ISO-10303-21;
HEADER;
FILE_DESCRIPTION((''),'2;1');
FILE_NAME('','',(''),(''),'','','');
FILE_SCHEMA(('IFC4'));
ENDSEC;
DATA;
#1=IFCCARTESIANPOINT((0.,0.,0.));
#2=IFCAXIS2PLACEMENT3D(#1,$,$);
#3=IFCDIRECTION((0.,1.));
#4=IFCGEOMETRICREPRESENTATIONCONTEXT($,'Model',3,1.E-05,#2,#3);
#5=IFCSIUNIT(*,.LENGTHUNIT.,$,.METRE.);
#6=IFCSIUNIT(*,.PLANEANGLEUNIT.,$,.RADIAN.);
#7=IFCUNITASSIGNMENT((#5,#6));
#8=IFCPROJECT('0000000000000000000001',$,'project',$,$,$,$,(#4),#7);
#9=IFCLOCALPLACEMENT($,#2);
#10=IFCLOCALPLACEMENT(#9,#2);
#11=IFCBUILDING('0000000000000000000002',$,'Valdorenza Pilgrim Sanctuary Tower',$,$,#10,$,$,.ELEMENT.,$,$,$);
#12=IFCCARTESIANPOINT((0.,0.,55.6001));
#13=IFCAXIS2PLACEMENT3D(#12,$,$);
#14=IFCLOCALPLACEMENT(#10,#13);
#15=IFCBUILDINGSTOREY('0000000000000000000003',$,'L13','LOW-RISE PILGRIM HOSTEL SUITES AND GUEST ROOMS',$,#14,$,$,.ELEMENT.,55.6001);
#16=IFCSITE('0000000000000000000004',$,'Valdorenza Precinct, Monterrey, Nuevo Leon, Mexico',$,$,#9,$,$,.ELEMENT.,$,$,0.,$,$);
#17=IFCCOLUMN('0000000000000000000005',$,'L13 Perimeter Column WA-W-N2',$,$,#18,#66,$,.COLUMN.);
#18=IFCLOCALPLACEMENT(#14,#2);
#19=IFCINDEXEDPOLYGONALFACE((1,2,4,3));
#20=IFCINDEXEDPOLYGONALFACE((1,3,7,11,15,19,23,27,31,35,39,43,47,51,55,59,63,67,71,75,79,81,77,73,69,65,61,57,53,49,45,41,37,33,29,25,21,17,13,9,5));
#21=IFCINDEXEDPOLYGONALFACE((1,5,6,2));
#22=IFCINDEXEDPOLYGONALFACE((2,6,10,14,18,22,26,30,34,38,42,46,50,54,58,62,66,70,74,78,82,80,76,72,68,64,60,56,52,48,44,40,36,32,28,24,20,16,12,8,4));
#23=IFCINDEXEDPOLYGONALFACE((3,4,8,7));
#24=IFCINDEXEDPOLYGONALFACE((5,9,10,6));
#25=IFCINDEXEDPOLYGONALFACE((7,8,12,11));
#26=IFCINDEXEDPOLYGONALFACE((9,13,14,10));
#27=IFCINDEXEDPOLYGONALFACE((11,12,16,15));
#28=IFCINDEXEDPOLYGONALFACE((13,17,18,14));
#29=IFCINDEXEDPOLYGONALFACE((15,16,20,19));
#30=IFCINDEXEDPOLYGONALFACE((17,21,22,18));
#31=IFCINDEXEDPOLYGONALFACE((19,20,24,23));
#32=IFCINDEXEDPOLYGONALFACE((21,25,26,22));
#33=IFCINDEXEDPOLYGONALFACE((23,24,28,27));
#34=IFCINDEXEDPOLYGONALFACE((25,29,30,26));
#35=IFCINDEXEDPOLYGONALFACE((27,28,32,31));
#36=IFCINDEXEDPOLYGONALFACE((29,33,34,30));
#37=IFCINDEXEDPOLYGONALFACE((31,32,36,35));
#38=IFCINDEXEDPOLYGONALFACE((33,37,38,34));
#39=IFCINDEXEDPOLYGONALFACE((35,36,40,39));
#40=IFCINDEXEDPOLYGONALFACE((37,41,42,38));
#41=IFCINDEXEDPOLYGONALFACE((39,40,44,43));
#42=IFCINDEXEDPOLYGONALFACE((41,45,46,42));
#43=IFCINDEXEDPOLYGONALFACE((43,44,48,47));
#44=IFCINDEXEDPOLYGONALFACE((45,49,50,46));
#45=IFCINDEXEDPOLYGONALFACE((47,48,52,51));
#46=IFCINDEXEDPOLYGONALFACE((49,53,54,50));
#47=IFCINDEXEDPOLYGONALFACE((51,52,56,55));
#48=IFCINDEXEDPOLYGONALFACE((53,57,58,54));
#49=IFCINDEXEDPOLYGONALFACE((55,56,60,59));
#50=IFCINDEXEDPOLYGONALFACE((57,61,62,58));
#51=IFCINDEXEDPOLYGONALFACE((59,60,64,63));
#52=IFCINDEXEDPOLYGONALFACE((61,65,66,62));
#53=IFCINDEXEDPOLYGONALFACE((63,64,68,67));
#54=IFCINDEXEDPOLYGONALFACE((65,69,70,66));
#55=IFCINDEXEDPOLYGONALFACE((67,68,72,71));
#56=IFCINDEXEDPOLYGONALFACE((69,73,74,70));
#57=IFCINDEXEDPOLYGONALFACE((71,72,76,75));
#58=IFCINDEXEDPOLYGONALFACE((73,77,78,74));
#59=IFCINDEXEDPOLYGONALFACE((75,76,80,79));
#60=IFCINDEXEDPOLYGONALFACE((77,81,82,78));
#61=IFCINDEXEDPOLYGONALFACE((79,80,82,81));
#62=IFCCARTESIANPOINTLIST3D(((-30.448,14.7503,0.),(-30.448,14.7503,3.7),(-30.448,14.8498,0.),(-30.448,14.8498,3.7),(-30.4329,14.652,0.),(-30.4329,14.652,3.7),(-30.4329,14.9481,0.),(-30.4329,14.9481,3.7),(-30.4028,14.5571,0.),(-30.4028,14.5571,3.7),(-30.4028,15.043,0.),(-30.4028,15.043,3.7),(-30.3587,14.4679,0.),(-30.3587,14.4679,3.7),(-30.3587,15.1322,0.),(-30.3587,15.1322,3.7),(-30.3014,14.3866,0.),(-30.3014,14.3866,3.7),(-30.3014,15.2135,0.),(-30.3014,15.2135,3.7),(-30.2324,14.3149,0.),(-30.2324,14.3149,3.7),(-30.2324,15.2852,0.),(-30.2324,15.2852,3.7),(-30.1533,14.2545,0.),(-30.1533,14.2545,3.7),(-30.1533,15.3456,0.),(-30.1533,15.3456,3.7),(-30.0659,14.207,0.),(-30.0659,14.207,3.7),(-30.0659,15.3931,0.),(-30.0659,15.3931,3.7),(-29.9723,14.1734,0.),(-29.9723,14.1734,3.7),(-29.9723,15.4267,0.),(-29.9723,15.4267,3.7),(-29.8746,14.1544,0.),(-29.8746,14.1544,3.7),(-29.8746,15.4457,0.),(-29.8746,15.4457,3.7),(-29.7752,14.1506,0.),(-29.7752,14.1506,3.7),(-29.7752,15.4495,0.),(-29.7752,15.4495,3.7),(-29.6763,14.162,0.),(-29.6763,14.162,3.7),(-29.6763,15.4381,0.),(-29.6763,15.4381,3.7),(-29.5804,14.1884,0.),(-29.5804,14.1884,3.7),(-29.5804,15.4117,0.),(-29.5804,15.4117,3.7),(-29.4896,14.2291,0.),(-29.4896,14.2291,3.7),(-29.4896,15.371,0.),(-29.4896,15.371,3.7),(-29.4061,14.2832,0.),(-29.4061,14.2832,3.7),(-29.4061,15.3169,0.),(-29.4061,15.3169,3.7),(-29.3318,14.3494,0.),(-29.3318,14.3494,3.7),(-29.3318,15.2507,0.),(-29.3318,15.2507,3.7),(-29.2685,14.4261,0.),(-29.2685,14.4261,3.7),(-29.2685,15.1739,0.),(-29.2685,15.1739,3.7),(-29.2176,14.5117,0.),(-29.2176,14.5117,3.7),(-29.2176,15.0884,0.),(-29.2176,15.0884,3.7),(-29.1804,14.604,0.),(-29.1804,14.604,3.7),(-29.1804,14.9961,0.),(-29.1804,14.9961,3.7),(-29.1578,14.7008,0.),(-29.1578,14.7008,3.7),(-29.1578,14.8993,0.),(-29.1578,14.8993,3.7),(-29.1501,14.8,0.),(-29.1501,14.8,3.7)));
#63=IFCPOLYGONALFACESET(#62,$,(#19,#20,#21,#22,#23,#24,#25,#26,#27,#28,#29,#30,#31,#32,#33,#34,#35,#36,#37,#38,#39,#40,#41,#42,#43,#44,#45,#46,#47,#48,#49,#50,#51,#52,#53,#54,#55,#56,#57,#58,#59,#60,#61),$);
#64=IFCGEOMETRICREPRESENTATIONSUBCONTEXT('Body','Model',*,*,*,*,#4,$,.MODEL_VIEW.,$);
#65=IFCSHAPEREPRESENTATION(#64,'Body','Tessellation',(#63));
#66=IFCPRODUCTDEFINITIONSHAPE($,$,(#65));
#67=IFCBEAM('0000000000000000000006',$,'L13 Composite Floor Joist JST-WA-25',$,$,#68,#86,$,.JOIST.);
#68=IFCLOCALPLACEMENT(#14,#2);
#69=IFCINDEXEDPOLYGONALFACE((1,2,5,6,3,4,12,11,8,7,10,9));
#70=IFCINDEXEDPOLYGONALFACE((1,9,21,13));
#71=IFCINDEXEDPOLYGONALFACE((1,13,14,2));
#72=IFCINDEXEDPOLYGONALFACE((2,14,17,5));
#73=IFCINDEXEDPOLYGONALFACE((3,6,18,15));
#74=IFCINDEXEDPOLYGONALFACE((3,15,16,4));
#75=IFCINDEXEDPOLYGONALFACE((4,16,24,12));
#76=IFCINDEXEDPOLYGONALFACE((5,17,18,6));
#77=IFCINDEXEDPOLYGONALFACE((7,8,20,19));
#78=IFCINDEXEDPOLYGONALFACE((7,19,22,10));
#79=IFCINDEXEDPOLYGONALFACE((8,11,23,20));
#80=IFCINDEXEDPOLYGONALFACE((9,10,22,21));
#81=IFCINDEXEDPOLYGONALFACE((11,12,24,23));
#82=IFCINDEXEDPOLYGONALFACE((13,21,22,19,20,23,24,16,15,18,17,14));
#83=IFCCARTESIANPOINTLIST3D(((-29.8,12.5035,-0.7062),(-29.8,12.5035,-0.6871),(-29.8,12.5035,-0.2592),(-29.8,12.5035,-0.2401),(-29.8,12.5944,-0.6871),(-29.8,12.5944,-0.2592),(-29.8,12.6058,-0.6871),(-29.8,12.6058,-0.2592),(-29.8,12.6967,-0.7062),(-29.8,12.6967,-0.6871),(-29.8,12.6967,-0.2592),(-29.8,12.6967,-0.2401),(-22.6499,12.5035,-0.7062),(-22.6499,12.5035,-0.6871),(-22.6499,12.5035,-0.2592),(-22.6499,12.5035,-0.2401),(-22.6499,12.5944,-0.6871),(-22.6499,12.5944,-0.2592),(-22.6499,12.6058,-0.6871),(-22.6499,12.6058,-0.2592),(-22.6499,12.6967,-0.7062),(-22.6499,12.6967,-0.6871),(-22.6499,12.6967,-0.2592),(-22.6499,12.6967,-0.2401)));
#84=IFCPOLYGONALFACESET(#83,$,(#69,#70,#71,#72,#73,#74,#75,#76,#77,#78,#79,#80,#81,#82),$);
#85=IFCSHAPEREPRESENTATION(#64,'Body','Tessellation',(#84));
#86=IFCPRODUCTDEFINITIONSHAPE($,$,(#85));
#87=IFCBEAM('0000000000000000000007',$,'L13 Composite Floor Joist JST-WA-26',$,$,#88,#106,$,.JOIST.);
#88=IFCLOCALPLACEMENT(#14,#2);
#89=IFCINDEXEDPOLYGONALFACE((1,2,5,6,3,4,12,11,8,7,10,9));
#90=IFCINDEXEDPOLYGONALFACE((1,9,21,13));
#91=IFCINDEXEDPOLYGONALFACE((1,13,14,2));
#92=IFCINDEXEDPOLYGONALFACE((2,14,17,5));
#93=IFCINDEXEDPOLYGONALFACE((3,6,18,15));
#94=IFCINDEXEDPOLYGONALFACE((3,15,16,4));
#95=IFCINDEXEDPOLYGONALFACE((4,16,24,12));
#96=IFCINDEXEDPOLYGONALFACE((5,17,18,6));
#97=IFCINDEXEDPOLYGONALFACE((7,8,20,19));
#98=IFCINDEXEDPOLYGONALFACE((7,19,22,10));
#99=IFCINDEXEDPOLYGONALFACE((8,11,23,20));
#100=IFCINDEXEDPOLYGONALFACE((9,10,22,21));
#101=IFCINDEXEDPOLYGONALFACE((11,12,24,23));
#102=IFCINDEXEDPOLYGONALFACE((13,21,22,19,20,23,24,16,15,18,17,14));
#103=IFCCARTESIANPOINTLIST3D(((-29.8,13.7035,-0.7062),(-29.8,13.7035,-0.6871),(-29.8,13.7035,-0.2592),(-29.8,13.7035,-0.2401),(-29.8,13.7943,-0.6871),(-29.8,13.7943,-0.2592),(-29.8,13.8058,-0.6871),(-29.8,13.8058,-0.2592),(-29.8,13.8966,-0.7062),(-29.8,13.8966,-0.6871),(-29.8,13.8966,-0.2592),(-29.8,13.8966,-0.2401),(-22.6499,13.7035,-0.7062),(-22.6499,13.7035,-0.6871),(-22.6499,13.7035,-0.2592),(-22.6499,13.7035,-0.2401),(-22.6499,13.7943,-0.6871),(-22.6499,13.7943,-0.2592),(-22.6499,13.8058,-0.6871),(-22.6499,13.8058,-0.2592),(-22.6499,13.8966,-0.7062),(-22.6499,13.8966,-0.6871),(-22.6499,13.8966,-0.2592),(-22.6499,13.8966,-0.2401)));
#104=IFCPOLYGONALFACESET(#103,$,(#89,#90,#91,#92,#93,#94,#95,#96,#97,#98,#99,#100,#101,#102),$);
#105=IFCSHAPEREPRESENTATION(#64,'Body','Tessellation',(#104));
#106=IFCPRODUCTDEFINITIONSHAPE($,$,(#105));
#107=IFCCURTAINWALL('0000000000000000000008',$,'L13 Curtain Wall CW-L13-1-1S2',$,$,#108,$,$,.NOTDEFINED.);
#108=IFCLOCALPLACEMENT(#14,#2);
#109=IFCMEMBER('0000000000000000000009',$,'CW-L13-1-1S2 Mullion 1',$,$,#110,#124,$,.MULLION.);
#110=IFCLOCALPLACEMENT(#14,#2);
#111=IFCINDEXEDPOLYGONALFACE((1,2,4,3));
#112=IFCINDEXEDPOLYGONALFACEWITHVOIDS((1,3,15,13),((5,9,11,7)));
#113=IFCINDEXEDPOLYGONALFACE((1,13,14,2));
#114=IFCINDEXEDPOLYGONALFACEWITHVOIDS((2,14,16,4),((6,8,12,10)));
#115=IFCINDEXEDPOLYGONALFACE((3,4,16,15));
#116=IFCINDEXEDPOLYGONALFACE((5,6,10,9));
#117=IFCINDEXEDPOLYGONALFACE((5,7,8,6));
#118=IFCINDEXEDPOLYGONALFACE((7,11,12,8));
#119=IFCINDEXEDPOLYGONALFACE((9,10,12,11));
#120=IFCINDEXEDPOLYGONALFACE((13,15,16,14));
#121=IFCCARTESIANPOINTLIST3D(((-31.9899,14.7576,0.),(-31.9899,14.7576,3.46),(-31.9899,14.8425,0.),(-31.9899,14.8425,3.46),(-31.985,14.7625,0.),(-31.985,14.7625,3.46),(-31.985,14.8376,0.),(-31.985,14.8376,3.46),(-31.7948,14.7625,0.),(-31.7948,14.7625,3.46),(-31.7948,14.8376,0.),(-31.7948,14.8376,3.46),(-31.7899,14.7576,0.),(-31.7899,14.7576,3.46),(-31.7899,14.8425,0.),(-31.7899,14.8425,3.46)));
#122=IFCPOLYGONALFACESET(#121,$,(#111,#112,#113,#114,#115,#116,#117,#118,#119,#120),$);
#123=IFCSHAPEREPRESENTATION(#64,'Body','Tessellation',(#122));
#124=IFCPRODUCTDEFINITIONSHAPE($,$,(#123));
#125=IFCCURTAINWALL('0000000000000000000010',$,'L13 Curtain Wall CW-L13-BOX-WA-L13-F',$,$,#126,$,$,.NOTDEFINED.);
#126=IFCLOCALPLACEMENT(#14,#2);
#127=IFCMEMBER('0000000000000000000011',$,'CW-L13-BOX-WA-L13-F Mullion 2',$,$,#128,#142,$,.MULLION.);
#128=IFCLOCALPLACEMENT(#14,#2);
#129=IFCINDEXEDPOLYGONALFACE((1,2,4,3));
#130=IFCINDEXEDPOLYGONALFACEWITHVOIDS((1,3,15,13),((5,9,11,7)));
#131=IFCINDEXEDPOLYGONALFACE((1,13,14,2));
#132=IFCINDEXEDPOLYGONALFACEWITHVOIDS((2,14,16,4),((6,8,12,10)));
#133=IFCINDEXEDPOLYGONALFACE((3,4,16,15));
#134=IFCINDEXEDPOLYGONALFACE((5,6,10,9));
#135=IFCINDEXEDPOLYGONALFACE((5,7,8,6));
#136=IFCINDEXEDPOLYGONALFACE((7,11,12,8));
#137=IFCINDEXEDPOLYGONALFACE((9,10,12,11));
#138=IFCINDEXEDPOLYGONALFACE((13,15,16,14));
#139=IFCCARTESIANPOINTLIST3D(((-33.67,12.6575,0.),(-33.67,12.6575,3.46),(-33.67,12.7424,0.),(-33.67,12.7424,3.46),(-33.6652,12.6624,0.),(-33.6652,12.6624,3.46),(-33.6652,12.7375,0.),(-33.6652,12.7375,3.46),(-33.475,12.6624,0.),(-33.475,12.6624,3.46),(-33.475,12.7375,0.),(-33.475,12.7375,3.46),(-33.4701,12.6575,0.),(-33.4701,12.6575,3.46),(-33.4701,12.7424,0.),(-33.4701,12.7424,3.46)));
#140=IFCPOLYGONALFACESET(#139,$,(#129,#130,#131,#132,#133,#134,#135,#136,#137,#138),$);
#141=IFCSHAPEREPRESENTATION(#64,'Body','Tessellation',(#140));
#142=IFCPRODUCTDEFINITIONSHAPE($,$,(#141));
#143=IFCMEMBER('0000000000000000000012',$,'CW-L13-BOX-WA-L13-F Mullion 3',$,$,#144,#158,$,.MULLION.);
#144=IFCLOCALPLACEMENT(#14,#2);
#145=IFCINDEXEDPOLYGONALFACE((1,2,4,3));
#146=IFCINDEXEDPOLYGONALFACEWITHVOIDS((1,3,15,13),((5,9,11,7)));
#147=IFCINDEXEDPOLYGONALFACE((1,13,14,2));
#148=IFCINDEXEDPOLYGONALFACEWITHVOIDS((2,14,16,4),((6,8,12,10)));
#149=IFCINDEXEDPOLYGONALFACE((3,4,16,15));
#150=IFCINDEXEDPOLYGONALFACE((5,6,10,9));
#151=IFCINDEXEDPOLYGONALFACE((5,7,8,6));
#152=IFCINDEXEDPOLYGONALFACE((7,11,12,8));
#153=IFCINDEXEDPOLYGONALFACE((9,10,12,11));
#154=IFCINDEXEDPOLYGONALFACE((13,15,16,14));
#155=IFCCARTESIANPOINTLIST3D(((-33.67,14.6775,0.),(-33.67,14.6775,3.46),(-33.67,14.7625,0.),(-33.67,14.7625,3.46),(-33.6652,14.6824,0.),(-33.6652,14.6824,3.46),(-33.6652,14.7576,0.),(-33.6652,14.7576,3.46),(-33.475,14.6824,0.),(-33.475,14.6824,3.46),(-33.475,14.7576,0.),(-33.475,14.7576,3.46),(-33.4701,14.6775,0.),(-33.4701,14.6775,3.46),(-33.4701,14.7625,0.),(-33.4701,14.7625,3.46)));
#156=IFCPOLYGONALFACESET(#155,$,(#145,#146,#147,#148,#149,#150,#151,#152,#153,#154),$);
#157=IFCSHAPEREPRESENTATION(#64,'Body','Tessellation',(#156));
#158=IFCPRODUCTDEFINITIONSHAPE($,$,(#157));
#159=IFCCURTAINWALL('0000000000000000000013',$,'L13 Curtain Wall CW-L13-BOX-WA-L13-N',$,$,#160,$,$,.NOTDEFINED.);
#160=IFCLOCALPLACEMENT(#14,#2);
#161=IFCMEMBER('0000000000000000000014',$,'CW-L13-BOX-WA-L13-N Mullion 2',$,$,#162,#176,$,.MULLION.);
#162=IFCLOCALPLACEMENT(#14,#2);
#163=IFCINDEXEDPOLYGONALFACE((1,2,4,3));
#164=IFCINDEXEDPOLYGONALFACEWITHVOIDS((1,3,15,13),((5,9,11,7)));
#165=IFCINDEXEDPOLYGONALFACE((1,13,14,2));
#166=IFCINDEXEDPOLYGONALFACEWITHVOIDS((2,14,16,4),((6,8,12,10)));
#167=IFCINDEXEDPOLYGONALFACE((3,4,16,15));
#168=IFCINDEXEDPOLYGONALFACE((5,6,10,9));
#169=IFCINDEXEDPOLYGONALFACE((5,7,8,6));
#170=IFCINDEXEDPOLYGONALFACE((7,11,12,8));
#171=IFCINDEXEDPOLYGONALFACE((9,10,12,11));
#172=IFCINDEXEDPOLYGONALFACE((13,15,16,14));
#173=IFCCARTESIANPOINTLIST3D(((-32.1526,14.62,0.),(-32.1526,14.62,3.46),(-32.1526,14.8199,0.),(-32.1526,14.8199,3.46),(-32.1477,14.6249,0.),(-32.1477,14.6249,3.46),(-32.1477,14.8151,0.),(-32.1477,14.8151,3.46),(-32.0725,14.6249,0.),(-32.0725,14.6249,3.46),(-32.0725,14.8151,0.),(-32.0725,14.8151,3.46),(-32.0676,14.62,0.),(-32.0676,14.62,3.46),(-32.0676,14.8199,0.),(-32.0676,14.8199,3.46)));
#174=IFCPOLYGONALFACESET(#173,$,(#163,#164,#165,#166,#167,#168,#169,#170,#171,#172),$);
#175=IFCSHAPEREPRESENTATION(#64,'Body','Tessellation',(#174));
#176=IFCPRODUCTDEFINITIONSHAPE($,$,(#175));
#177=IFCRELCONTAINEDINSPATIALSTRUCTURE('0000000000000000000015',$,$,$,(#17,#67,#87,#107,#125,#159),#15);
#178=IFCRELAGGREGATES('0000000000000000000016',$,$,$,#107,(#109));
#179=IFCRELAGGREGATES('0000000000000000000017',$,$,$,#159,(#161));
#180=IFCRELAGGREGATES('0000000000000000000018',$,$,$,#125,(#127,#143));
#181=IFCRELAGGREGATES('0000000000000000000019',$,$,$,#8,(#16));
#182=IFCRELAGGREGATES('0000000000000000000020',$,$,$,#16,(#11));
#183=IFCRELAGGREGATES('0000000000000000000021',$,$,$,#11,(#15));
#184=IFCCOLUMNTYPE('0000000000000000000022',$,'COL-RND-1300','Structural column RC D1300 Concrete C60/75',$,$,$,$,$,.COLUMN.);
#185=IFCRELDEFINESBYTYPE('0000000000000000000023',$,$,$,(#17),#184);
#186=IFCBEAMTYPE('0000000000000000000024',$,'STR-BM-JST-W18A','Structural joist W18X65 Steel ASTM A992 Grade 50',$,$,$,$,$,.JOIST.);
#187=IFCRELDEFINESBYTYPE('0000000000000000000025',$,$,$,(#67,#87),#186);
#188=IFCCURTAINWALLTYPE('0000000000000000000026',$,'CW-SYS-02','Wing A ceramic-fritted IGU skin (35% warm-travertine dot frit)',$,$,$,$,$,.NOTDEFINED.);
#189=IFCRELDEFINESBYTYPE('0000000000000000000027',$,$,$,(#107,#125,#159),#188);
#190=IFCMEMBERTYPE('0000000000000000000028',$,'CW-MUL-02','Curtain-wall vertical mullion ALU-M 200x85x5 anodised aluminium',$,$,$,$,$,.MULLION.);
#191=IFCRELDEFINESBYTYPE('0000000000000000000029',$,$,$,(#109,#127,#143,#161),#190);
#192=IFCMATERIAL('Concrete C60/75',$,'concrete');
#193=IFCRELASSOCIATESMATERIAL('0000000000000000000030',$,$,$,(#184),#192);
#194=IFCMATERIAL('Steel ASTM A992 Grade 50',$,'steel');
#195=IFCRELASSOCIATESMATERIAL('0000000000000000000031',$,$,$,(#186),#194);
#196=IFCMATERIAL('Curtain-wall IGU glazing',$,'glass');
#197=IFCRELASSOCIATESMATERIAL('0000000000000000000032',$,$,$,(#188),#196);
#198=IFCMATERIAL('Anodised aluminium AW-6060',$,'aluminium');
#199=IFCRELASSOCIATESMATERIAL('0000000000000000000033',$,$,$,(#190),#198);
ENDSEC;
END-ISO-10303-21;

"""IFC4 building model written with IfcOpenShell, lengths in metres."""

from ifc_helpers import new_model, si_unit, direction, frame, origin, origin_2d, place, context, subcontext, project, spatial, hollow_rectangle, circle, i_section, extrude, source, transform, mapped, material, material_profile, profile_set, type_object, element, aggregate, save


model = new_model("IFC4")

# Units and contexts
model_context = context("Model", 3, precision=1e-05, world=origin(), true_north=direction((0.0, 1.0)))
body_context = subcontext(model_context, "Body", "Model", "MODEL_VIEW")
ifc_project = project(units=[si_unit("LENGTHUNIT", "METRE"), si_unit("PLANEANGLEUNIT", "RADIAN")], contexts=[model_context])

# Site, building, storey
site_placement = place(None, origin())
site = spatial("IfcSite", under=ifc_project, at=site_placement, Name="Valdorenza Precinct, Monterrey, Nuevo Leon, Mexico", CompositionType="ELEMENT", RefElevation=0.0)
building_placement = place(site_placement, origin())
building = spatial("IfcBuilding", under=site, at=building_placement, Name="Valdorenza Pilgrim Sanctuary Tower", CompositionType="ELEMENT")
storey_placement = place(building_placement, frame((0.0, 0.0, 55.6001)))
storey = spatial("IfcBuildingStorey", under=building, at=storey_placement, Name="L13", Description="LOW-RISE PILGRIM HOSTEL SUITES AND GUEST ROOMS", CompositionType="ELEMENT", Elevation=55.6001)

# Column
ifc_material_1 = material(Name="Concrete C60/75", Category="concrete")
ifc_material_profile_1 = material_profile(ifc_material_1, circle(Radius=0.6499, at=origin_2d()), Name="RC D1300")
ifc_profile_set_1 = profile_set([ifc_material_profile_1], Name="Concrete C60/75")
column_type = type_object("IfcColumnType", Name="COL-RND-1300", Description="Structural column RC D1300 Concrete C60/75", PredefinedType="COLUMN", material=ifc_profile_set_1)
shared_shape_1 = source(origin(), body_context, "Body", "SweptSolid", [
    extrude(circle(Radius=0.6499, at=origin_2d()), origin(), (0.0, 0.0, 1.0), 3.7),
])
column_placement = place(storey_placement, frame((-29.8, 14.8, 0.0), z_axis=(0.0, 0.0, 1.0), x_axis=(1.0, 0.0, 0.0)))
element("IfcColumn", 1, at=column_placement, inside=storey, type_object=column_type, Name="L13 Perimeter Column WA-W-N2", PredefinedType="COLUMN", context=body_context, shape_type="MappedRepresentation", body=[
    mapped(shared_shape_1, transform((0.0, 0.0, 0.0), x_axis=(1.0, 0.0, 0.0), y_axis=(0.0, 1.0, 0.0), z_axis=(0.0, 0.0, 1.0), scale=1.0)),
])

# Beams
ifc_material_2 = material(Name="Steel ASTM A992 Grade 50", Category="steel")
ifc_material_profile_2 = material_profile(ifc_material_2, i_section(OverallWidth=0.1931, OverallDepth=0.4661, WebThickness=0.0115, FlangeThickness=0.019, at=origin_2d()), Name="W18X65")
ifc_profile_set_2 = profile_set([ifc_material_profile_2], Name="Steel ASTM A992 Grade 50")
beam_type = type_object("IfcBeamType", Name="STR-BM-JST-W18A", Description="Structural joist W18X65 Steel ASTM A992 Grade 50", PredefinedType="JOIST", material=ifc_profile_set_2)
shared_shape_2 = source(origin(), body_context, "Body", "SweptSolid", [
    extrude(i_section(OverallWidth=0.1931, OverallDepth=0.4661, WebThickness=0.0115, FlangeThickness=0.019, at=origin_2d()), origin(), (0.0, 0.0, 1.0), 7.1501),
])
for number, where, z_axis, x_axis, name in (
    (2, (-29.8, 12.6001, -0.4731), (1.0, 0.0, 0.0), (0.0, 1.0, 0.0), "L13 Composite Floor Joist JST-WA-25"),
    (3, (-29.8, 13.8, -0.4731), (1.0, 0.0, 0.0), (0.0, 1.0, 0.0), "L13 Composite Floor Joist JST-WA-26"),
):
    element("IfcBeam", number, at=place(storey_placement, frame(where, z_axis=z_axis, x_axis=x_axis)), inside=storey, type_object=beam_type, Name=name, PredefinedType="JOIST", context=body_context, shape_type="MappedRepresentation", body=[
        mapped(shared_shape_2, transform((0.0, 0.0, 0.0), x_axis=(1.0, 0.0, 0.0), y_axis=(0.0, 1.0, 0.0), z_axis=(0.0, 0.0, 1.0), scale=1.0)),
    ])

# Curtain wall, member
ifc_material_3 = material(Name="Curtain-wall IGU glazing", Category="glass")
curtain_wall_type = type_object("IfcCurtainWallType", Name="CW-SYS-02", Description="Wing A ceramic-fritted IGU skin (35% warm-travertine dot frit)", PredefinedType="NOTDEFINED", material=ifc_material_3)
curtain_wall_1_placement = place(storey_placement, origin())
curtain_wall_1 = element("IfcCurtainWall", 4, at=curtain_wall_1_placement, inside=storey, type_object=curtain_wall_type, Name="L13 Curtain Wall CW-L13-1-1S2", PredefinedType="NOTDEFINED")
ifc_material_4 = material(Name="Anodised aluminium AW-6060", Category="aluminium")
ifc_material_profile_3 = material_profile(ifc_material_4, hollow_rectangle(XDim=0.085, YDim=0.2, WallThickness=0.0049, at=origin_2d()), Name="ALU-M 200x85x5")
ifc_profile_set_3 = profile_set([ifc_material_profile_3], Name="Anodised aluminium AW-6060")
member_type_1 = type_object("IfcMemberType", Name="CW-MUL-02", Description="Curtain-wall vertical mullion ALU-M 200x85x5 anodised aluminium", PredefinedType="MULLION", material=ifc_profile_set_3)
shared_shape_3 = source(origin(), body_context, "Body", "SweptSolid", [
    extrude(hollow_rectangle(XDim=0.085, YDim=0.2, WallThickness=0.0049, at=origin_2d()), origin(), (0.0, 0.0, 1.0), 3.46),
])
member_1_placement = place(storey_placement, frame((-31.8899, 14.8, 0.0), z_axis=(0.0, 0.0, 1.0), x_axis=(0.0, 1.0, 0.0)))
member_1 = element("IfcMember", 5, at=member_1_placement, type_object=member_type_1, Name="CW-L13-1-1S2 Mullion 1", PredefinedType="MULLION", context=body_context, shape_type="MappedRepresentation", body=[
    mapped(shared_shape_3, transform((0.0, 0.0, 0.0), x_axis=(1.0, 0.0, 0.0), y_axis=(0.0, 1.0, 0.0), z_axis=(0.0, 0.0, 1.0), scale=1.0)),
])

# Curtain walls, members
curtain_wall_2_placement = place(storey_placement, origin())
curtain_wall_2 = element("IfcCurtainWall", 6, at=curtain_wall_2_placement, inside=storey, type_object=curtain_wall_type, Name="L13 Curtain Wall CW-L13-BOX-WA-L13-F", PredefinedType="NOTDEFINED")
member_2_placement = place(storey_placement, frame((-33.5701, 12.7, 0.0), z_axis=(0.0, 0.0, 1.0), x_axis=(0.0, 1.0, 0.0)))
member_2 = element("IfcMember", 7, at=member_2_placement, type_object=member_type_1, Name="CW-L13-BOX-WA-L13-F Mullion 2", PredefinedType="MULLION", context=body_context, shape_type="MappedRepresentation", body=[
    mapped(shared_shape_3, transform((0.0, 0.0, 0.0), x_axis=(1.0, 0.0, 0.0), y_axis=(0.0, 1.0, 0.0), z_axis=(0.0, 0.0, 1.0), scale=1.0)),
])
member_3_placement = place(storey_placement, frame((-33.5701, 14.72, 0.0), z_axis=(0.0, 0.0, 1.0), x_axis=(0.0, 1.0, 0.0)))
member_3 = element("IfcMember", 8, at=member_3_placement, type_object=member_type_1, Name="CW-L13-BOX-WA-L13-F Mullion 3", PredefinedType="MULLION", context=body_context, shape_type="MappedRepresentation", body=[
    mapped(shared_shape_3, transform((0.0, 0.0, 0.0), x_axis=(1.0, 0.0, 0.0), y_axis=(0.0, 1.0, 0.0), z_axis=(0.0, 0.0, 1.0), scale=1.0)),
])
curtain_wall_3_placement = place(storey_placement, origin())
curtain_wall_3 = element("IfcCurtainWall", 9, at=curtain_wall_3_placement, inside=storey, type_object=curtain_wall_type, Name="L13 Curtain Wall CW-L13-BOX-WA-L13-N", PredefinedType="NOTDEFINED")
member_4_placement = place(storey_placement, frame((-32.1101, 14.72, 0.0), z_axis=(0.0, 0.0, 1.0), x_axis=(1.0, 0.0, 0.0)))
member_4 = element("IfcMember", 10, at=member_4_placement, type_object=member_type_1, Name="CW-L13-BOX-WA-L13-N Mullion 2", PredefinedType="MULLION", context=body_context, shape_type="MappedRepresentation", body=[
    mapped(shared_shape_3, transform((0.0, 0.0, 0.0), x_axis=(1.0, 0.0, 0.0), y_axis=(0.0, 1.0, 0.0), z_axis=(0.0, 0.0, 1.0), scale=1.0)),
])

aggregate(curtain_wall_1, [member_1])

aggregate(curtain_wall_3, [member_4])
aggregate(curtain_wall_2, [member_2, member_3])

save(model, "model.ifc")
